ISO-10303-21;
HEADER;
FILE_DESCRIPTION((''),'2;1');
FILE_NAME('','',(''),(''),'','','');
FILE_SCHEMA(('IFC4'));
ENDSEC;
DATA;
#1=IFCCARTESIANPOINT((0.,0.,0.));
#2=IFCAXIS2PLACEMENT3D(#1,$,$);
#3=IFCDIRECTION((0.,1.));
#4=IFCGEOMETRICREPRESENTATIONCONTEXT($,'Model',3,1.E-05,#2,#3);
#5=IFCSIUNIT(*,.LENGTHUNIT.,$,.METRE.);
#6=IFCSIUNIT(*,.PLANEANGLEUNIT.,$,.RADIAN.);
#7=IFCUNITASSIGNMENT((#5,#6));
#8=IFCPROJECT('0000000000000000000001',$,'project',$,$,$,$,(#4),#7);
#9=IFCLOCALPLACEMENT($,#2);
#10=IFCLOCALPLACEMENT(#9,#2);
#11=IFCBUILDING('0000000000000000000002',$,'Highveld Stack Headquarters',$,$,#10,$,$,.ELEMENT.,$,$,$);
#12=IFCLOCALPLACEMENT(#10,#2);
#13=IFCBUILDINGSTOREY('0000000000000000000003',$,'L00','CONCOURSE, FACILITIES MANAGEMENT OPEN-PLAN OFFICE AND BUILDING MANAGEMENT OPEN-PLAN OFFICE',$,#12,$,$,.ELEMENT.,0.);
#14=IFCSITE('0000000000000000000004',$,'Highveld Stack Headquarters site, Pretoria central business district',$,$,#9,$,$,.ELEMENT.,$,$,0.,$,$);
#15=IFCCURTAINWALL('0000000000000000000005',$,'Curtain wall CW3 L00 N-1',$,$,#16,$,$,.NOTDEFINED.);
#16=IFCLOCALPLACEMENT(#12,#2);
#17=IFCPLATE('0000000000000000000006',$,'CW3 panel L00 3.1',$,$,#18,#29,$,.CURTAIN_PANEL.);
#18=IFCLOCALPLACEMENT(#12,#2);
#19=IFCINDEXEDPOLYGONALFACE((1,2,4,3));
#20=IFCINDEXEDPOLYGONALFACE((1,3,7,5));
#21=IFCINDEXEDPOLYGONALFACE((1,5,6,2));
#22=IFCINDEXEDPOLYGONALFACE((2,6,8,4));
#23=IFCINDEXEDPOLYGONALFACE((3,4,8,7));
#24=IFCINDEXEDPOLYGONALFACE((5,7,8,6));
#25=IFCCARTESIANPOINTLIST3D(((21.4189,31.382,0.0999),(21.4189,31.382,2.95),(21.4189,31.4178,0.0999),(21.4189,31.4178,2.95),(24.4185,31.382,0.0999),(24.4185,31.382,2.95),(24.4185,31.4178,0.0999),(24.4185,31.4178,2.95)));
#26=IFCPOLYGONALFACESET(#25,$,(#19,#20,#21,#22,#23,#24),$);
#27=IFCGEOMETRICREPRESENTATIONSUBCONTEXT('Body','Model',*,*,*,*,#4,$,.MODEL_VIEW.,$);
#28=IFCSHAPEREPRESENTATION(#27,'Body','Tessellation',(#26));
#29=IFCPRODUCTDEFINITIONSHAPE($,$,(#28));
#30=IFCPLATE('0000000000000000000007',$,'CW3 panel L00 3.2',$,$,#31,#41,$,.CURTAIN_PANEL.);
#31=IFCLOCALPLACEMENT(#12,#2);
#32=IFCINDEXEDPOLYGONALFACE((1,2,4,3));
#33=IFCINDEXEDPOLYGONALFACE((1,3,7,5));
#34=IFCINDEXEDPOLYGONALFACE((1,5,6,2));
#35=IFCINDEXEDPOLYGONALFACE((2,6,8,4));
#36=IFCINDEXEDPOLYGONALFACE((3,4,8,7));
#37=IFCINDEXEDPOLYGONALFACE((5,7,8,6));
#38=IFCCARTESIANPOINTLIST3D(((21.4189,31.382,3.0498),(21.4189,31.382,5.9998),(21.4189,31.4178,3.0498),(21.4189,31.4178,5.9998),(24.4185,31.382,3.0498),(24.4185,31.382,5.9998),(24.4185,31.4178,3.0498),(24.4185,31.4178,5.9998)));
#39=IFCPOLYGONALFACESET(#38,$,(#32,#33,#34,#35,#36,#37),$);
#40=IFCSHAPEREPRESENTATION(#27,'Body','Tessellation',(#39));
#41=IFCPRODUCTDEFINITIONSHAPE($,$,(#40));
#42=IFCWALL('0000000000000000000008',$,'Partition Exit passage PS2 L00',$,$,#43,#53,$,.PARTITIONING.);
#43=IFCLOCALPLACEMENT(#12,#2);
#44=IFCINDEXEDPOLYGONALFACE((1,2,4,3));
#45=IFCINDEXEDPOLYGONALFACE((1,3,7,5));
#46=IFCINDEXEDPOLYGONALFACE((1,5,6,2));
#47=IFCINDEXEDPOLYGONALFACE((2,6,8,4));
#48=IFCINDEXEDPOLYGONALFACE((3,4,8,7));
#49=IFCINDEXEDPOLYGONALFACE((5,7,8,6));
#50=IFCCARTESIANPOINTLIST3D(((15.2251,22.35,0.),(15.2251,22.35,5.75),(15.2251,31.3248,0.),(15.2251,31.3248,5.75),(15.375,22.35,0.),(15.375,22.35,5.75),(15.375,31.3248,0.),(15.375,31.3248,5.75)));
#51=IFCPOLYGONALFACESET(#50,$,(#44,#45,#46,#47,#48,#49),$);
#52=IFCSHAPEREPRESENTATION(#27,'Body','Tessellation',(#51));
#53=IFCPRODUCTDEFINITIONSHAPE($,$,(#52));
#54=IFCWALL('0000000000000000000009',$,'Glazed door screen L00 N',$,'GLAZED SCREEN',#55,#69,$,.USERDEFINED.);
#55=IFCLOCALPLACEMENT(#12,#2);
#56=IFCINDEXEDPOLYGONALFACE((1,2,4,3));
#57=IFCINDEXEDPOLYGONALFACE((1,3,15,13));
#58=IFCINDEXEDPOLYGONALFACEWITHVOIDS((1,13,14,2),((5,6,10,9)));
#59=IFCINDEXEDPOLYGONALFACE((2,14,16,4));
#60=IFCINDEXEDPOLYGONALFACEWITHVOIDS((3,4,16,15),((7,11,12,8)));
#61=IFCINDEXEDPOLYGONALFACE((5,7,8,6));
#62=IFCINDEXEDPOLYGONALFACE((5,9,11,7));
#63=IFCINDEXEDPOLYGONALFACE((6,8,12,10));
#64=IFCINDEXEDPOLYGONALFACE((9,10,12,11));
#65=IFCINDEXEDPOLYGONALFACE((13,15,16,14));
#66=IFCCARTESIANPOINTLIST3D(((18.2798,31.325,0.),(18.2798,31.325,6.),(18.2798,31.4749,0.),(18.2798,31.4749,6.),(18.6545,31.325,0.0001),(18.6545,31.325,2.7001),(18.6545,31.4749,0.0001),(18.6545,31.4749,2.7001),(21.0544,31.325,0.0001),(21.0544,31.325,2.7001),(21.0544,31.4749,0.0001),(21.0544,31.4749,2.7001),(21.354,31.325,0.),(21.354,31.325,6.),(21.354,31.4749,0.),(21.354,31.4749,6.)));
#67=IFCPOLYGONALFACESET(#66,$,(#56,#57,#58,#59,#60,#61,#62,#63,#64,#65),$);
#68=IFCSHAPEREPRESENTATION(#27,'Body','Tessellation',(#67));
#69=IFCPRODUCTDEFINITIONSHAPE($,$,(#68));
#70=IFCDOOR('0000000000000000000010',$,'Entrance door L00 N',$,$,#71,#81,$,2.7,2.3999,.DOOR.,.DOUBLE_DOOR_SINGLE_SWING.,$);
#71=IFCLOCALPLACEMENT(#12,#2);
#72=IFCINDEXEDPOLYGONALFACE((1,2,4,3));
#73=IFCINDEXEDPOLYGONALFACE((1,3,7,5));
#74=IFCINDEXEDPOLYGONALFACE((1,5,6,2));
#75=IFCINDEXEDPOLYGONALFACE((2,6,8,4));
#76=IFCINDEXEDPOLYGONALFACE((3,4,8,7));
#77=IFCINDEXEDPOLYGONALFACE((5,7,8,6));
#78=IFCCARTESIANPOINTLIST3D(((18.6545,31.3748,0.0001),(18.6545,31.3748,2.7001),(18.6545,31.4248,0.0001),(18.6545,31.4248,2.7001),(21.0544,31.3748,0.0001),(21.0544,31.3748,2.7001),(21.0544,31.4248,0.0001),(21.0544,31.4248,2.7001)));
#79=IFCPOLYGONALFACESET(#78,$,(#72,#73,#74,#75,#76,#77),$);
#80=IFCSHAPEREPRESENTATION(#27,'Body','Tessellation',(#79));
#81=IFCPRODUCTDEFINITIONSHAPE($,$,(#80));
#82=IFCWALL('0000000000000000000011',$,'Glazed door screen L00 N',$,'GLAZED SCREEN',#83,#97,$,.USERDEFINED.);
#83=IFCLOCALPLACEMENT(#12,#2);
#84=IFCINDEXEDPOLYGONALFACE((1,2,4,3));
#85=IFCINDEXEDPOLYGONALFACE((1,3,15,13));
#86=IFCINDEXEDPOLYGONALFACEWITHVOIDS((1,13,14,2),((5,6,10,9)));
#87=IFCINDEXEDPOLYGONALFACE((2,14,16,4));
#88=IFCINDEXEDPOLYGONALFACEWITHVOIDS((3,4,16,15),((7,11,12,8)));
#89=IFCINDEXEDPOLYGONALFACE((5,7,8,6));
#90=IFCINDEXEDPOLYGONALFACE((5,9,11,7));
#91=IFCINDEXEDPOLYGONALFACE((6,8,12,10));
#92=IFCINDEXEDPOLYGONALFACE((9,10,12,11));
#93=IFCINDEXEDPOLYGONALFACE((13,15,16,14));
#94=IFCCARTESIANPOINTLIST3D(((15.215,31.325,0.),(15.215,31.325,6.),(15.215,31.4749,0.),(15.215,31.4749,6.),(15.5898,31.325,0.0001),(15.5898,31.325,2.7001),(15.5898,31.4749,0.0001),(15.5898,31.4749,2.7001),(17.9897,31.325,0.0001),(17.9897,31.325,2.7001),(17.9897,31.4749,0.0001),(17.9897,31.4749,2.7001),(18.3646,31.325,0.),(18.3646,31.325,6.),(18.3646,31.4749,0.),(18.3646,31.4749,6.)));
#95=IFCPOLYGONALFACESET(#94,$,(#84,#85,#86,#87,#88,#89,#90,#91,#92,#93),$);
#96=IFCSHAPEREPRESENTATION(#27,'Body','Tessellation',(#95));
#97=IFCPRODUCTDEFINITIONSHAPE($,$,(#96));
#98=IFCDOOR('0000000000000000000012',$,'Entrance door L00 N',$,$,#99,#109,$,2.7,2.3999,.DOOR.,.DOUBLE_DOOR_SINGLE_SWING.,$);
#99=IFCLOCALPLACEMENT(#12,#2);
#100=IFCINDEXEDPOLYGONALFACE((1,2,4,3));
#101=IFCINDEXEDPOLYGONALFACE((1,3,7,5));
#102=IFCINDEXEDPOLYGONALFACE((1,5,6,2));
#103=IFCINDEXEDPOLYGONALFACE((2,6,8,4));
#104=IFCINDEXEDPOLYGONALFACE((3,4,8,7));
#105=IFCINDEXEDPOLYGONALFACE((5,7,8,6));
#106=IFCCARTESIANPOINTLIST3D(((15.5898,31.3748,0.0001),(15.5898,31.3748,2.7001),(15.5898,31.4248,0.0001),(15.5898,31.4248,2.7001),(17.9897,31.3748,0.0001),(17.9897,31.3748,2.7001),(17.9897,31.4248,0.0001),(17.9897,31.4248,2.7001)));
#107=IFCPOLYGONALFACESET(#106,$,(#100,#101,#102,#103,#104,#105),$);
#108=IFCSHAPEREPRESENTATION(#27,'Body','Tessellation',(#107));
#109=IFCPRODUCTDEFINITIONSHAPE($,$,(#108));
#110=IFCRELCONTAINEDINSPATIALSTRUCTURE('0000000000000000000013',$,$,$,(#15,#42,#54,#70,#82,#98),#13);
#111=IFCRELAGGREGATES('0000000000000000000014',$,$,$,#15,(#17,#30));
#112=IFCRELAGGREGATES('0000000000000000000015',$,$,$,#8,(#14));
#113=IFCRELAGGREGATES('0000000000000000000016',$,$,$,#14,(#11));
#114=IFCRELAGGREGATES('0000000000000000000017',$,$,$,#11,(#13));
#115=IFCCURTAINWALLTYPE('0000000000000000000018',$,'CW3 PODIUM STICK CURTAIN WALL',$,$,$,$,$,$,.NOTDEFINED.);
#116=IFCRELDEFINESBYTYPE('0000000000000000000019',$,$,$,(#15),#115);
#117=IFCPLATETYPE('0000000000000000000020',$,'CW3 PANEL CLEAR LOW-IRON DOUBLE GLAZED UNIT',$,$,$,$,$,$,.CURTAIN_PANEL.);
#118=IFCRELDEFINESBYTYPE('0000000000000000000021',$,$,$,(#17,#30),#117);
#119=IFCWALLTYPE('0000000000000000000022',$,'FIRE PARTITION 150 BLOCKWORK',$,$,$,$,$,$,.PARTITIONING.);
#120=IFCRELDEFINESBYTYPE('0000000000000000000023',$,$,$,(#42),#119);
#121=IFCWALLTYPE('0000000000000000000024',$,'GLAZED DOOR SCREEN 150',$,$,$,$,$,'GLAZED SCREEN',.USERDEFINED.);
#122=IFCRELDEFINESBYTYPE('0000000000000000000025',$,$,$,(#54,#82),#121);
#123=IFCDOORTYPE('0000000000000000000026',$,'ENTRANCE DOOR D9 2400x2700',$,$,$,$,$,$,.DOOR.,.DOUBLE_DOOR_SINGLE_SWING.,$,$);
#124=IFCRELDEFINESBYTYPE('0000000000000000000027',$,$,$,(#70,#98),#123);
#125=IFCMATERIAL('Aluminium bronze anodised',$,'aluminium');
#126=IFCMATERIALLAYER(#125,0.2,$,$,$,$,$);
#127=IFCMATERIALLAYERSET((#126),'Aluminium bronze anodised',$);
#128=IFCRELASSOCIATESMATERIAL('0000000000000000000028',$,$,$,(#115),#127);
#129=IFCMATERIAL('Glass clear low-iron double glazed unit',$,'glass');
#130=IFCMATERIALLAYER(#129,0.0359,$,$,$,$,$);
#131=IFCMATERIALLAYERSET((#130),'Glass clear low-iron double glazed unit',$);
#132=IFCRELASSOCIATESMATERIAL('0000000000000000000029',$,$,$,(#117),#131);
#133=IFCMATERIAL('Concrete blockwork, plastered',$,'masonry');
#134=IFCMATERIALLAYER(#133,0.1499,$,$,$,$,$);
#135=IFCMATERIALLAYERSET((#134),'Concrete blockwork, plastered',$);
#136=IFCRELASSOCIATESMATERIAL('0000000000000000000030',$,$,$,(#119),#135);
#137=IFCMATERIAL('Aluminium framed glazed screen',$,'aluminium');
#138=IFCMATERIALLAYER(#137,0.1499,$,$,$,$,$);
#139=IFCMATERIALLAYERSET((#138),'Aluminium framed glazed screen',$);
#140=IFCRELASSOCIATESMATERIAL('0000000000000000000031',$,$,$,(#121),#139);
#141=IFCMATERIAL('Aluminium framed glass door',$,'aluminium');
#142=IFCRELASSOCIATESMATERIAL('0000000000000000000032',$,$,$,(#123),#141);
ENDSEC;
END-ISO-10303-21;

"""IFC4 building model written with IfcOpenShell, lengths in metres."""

from ifc_helpers import new_model, si_unit, direction, frame, frame_2d, origin, origin_2d, place, context, subcontext, project, spatial, rectangle, extrude, material, layer, layer_set, type_object, element, fill, aggregate, save


model = new_model("IFC4")

# Units and contexts
model_context = context("Model", 3, precision=1e-05, world=origin(), true_north=direction((0.0, 1.0)))
body_context = subcontext(model_context, "Body", "Model", "MODEL_VIEW")
ifc_project = project(units=[si_unit("LENGTHUNIT", "METRE"), si_unit("PLANEANGLEUNIT", "RADIAN")], contexts=[model_context])

# Site, building, storey
site_placement = place(None, origin())
site = spatial("IfcSite", under=ifc_project, at=site_placement, Name="Highveld Stack Headquarters site, Pretoria central business district", CompositionType="ELEMENT", RefElevation=0.0)
building_placement = place(site_placement, origin())
building = spatial("IfcBuilding", under=site, at=building_placement, Name="Highveld Stack Headquarters", CompositionType="ELEMENT")
storey_placement = place(building_placement, origin())
storey = spatial("IfcBuildingStorey", under=building, at=storey_placement, Name="L00", Description="CONCOURSE, FACILITIES MANAGEMENT OPEN-PLAN OFFICE AND BUILDING MANAGEMENT OPEN-PLAN OFFICE", CompositionType="ELEMENT", Elevation=0.0)

# Curtain wall
ifc_material_1 = material(Name="Aluminium bronze anodised", Category="aluminium")
ifc_layer_1 = layer(ifc_material_1, 0.2)
ifc_layer_set_1 = layer_set([ifc_layer_1], Name="Aluminium bronze anodised")
curtain_wall_type = type_object("IfcCurtainWallType", Name="CW3 PODIUM STICK CURTAIN WALL", PredefinedType="NOTDEFINED", material=ifc_layer_set_1)
curtain_wall_placement = place(storey_placement, origin())
curtain_wall = element("IfcCurtainWall", 1, at=curtain_wall_placement, inside=storey, type_object=curtain_wall_type, Name="Curtain wall CW3 L00 N-1", PredefinedType="NOTDEFINED")

# Plates
ifc_material_2 = material(Name="Glass clear low-iron double glazed unit", Category="glass")
ifc_layer_2 = layer(ifc_material_2, 0.0359)
ifc_layer_set_2 = layer_set([ifc_layer_2], Name="Glass clear low-iron double glazed unit")
plate_type = type_object("IfcPlateType", Name="CW3 PANEL CLEAR LOW-IRON DOUBLE GLAZED UNIT", PredefinedType="CURTAIN_PANEL", material=ifc_layer_set_2)
plate_1_placement = place(storey_placement, frame((22.9187, 31.3999, 0.0999), z_axis=(0.0, 0.0, 1.0), x_axis=(-1.0, 0.0, 0.0)))
plate_1 = element("IfcPlate", 2, at=plate_1_placement, type_object=plate_type, Name="CW3 panel L00 3.1", PredefinedType="CURTAIN_PANEL", context=body_context, shape_type="SweptSolid", body=[
    extrude(rectangle(XDim=2.9995, YDim=0.0359, at=origin_2d()), origin(), (0.0, 0.0, 1.0), 2.8501),
])
plate_2_placement = place(storey_placement, frame((22.9187, 31.3999, 3.0498), z_axis=(0.0, 0.0, 1.0), x_axis=(-1.0, 0.0, 0.0)))
plate_2 = element("IfcPlate", 3, at=plate_2_placement, type_object=plate_type, Name="CW3 panel L00 3.2", PredefinedType="CURTAIN_PANEL", context=body_context, shape_type="SweptSolid", body=[
    extrude(rectangle(XDim=2.9995, YDim=0.0359, at=origin_2d()), origin(), (0.0, 0.0, 1.0), 2.95),
])
aggregate(curtain_wall, [plate_1, plate_2])

# Wall
ifc_material_3 = material(Name="Concrete blockwork, plastered", Category="masonry")
ifc_layer_3 = layer(ifc_material_3, 0.1499)
ifc_layer_set_3 = layer_set([ifc_layer_3], Name="Concrete blockwork, plastered")
wall_type_1 = type_object("IfcWallType", Name="FIRE PARTITION 150 BLOCKWORK", PredefinedType="PARTITIONING", material=ifc_layer_set_3)
wall_1_placement = place(storey_placement, frame((15.3, 22.3501, 0.0), z_axis=(0.0, 0.0, 1.0), x_axis=(0.0, 1.0, 0.0)))
element("IfcWall", 4, at=wall_1_placement, inside=storey, type_object=wall_type_1, Name="Partition Exit passage PS2 L00", PredefinedType="PARTITIONING", context=body_context, shape_type="SweptSolid", body=[
    extrude(rectangle(XDim=8.9749, YDim=0.1499, at=frame_2d((4.4873, 0.0))), origin(), (0.0, 0.0, 1.0), 5.75),
])

# Walls, openings, doors
ifc_material_4 = material(Name="Aluminium framed glazed screen", Category="aluminium")
ifc_layer_4 = layer(ifc_material_4, 0.1499)
ifc_layer_set_4 = layer_set([ifc_layer_4], Name="Aluminium framed glazed screen")
wall_type_2 = type_object("IfcWallType", Name="GLAZED DOOR SCREEN 150", ElementType="GLAZED SCREEN", PredefinedType="USERDEFINED", material=ifc_layer_set_4)
wall_2_placement = place(storey_placement, frame((18.2798, 31.3999, 0.0), z_axis=(0.0, 0.0, 1.0), x_axis=(1.0, 0.0, 0.0)))
wall_2 = element("IfcWall", 5, at=wall_2_placement, inside=storey, type_object=wall_type_2, Name="Glazed door screen L00 N", ObjectType="GLAZED SCREEN", PredefinedType="USERDEFINED", context=body_context, shape_type="SweptSolid", body=[
    extrude(rectangle(XDim=3.0742, YDim=0.1499, at=frame_2d((1.5371, 0.0))), origin(), (0.0, 0.0, 1.0), 6.0),
])
opening_1_placement = place(wall_2_placement, frame((0.3748, 0.0, 0.0)))
opening_1 = element("IfcOpeningElement", 6, at=opening_1_placement, cuts=wall_2, PredefinedType="OPENING", context=body_context, shape_type="SweptSolid", body=[
    extrude(rectangle(XDim=2.3999, YDim=2.7, at=frame_2d((1.2, 1.3501))), frame((0.0, 0.085, 0.0), z_axis=(0.0, -1.0, 0.0), x_axis=(1.0, 0.0, 0.0)), (0.0, 0.0, 1.0), 0.1699),
])
ifc_material_5 = material(Name="Aluminium framed glass door", Category="aluminium")
door_type = type_object("IfcDoorType", Name="ENTRANCE DOOR D9 2400x2700", OperationType="DOUBLE_DOOR_SINGLE_SWING", PredefinedType="DOOR", material=ifc_material_5)
door_1_placement = place(opening_1_placement, origin())
door_1 = element("IfcDoor", 7, at=door_1_placement, inside=storey, type_object=door_type, Name="Entrance door L00 N", OperationType="DOUBLE_DOOR_SINGLE_SWING", OverallHeight=2.7, OverallWidth=2.3999, PredefinedType="DOOR", context=body_context, shape_type="SweptSolid", body=[
    extrude(rectangle(XDim=2.3999, YDim=2.7, at=frame_2d((1.2, 1.3501))), frame((0.0, 0.0249, 0.0), z_axis=(0.0, -1.0, 0.0), x_axis=(1.0, 0.0, 0.0)), (0.0, 0.0, 1.0), 0.05),
])
fill(opening_1, door_1)
wall_3_placement = place(storey_placement, frame((15.2151, 31.3999, 0.0), z_axis=(0.0, 0.0, 1.0), x_axis=(1.0, 0.0, 0.0)))
wall_3 = element("IfcWall", 8, at=wall_3_placement, inside=storey, type_object=wall_type_2, Name="Glazed door screen L00 N", ObjectType="GLAZED SCREEN", PredefinedType="USERDEFINED", context=body_context, shape_type="SweptSolid", body=[
    extrude(rectangle(XDim=3.1497, YDim=0.1499, at=frame_2d((1.5747, 0.0))), origin(), (0.0, 0.0, 1.0), 6.0),
])
opening_2_placement = place(wall_3_placement, frame((0.3748, 0.0, 0.0)))
opening_2 = element("IfcOpeningElement", 9, at=opening_2_placement, cuts=wall_3, PredefinedType="OPENING", context=body_context, shape_type="SweptSolid", body=[
    extrude(rectangle(XDim=2.3999, YDim=2.7, at=frame_2d((1.2, 1.3501))), frame((0.0, 0.085, 0.0), z_axis=(0.0, -1.0, 0.0), x_axis=(1.0, 0.0, 0.0)), (0.0, 0.0, 1.0), 0.1699),
])
door_2_placement = place(opening_2_placement, origin())
door_2 = element("IfcDoor", 10, at=door_2_placement, inside=storey, type_object=door_type, Name="Entrance door L00 N", OperationType="DOUBLE_DOOR_SINGLE_SWING", OverallHeight=2.7, OverallWidth=2.3999, PredefinedType="DOOR", context=body_context, shape_type="SweptSolid", body=[
    extrude(rectangle(XDim=2.3999, YDim=2.7, at=frame_2d((1.2, 1.3501))), frame((0.0, 0.0249, 0.0), z_axis=(0.0, -1.0, 0.0), x_axis=(1.0, 0.0, 0.0)), (0.0, 0.0, 1.0), 0.05),
])
fill(opening_2, door_2)

save(model, "model.ifc")
